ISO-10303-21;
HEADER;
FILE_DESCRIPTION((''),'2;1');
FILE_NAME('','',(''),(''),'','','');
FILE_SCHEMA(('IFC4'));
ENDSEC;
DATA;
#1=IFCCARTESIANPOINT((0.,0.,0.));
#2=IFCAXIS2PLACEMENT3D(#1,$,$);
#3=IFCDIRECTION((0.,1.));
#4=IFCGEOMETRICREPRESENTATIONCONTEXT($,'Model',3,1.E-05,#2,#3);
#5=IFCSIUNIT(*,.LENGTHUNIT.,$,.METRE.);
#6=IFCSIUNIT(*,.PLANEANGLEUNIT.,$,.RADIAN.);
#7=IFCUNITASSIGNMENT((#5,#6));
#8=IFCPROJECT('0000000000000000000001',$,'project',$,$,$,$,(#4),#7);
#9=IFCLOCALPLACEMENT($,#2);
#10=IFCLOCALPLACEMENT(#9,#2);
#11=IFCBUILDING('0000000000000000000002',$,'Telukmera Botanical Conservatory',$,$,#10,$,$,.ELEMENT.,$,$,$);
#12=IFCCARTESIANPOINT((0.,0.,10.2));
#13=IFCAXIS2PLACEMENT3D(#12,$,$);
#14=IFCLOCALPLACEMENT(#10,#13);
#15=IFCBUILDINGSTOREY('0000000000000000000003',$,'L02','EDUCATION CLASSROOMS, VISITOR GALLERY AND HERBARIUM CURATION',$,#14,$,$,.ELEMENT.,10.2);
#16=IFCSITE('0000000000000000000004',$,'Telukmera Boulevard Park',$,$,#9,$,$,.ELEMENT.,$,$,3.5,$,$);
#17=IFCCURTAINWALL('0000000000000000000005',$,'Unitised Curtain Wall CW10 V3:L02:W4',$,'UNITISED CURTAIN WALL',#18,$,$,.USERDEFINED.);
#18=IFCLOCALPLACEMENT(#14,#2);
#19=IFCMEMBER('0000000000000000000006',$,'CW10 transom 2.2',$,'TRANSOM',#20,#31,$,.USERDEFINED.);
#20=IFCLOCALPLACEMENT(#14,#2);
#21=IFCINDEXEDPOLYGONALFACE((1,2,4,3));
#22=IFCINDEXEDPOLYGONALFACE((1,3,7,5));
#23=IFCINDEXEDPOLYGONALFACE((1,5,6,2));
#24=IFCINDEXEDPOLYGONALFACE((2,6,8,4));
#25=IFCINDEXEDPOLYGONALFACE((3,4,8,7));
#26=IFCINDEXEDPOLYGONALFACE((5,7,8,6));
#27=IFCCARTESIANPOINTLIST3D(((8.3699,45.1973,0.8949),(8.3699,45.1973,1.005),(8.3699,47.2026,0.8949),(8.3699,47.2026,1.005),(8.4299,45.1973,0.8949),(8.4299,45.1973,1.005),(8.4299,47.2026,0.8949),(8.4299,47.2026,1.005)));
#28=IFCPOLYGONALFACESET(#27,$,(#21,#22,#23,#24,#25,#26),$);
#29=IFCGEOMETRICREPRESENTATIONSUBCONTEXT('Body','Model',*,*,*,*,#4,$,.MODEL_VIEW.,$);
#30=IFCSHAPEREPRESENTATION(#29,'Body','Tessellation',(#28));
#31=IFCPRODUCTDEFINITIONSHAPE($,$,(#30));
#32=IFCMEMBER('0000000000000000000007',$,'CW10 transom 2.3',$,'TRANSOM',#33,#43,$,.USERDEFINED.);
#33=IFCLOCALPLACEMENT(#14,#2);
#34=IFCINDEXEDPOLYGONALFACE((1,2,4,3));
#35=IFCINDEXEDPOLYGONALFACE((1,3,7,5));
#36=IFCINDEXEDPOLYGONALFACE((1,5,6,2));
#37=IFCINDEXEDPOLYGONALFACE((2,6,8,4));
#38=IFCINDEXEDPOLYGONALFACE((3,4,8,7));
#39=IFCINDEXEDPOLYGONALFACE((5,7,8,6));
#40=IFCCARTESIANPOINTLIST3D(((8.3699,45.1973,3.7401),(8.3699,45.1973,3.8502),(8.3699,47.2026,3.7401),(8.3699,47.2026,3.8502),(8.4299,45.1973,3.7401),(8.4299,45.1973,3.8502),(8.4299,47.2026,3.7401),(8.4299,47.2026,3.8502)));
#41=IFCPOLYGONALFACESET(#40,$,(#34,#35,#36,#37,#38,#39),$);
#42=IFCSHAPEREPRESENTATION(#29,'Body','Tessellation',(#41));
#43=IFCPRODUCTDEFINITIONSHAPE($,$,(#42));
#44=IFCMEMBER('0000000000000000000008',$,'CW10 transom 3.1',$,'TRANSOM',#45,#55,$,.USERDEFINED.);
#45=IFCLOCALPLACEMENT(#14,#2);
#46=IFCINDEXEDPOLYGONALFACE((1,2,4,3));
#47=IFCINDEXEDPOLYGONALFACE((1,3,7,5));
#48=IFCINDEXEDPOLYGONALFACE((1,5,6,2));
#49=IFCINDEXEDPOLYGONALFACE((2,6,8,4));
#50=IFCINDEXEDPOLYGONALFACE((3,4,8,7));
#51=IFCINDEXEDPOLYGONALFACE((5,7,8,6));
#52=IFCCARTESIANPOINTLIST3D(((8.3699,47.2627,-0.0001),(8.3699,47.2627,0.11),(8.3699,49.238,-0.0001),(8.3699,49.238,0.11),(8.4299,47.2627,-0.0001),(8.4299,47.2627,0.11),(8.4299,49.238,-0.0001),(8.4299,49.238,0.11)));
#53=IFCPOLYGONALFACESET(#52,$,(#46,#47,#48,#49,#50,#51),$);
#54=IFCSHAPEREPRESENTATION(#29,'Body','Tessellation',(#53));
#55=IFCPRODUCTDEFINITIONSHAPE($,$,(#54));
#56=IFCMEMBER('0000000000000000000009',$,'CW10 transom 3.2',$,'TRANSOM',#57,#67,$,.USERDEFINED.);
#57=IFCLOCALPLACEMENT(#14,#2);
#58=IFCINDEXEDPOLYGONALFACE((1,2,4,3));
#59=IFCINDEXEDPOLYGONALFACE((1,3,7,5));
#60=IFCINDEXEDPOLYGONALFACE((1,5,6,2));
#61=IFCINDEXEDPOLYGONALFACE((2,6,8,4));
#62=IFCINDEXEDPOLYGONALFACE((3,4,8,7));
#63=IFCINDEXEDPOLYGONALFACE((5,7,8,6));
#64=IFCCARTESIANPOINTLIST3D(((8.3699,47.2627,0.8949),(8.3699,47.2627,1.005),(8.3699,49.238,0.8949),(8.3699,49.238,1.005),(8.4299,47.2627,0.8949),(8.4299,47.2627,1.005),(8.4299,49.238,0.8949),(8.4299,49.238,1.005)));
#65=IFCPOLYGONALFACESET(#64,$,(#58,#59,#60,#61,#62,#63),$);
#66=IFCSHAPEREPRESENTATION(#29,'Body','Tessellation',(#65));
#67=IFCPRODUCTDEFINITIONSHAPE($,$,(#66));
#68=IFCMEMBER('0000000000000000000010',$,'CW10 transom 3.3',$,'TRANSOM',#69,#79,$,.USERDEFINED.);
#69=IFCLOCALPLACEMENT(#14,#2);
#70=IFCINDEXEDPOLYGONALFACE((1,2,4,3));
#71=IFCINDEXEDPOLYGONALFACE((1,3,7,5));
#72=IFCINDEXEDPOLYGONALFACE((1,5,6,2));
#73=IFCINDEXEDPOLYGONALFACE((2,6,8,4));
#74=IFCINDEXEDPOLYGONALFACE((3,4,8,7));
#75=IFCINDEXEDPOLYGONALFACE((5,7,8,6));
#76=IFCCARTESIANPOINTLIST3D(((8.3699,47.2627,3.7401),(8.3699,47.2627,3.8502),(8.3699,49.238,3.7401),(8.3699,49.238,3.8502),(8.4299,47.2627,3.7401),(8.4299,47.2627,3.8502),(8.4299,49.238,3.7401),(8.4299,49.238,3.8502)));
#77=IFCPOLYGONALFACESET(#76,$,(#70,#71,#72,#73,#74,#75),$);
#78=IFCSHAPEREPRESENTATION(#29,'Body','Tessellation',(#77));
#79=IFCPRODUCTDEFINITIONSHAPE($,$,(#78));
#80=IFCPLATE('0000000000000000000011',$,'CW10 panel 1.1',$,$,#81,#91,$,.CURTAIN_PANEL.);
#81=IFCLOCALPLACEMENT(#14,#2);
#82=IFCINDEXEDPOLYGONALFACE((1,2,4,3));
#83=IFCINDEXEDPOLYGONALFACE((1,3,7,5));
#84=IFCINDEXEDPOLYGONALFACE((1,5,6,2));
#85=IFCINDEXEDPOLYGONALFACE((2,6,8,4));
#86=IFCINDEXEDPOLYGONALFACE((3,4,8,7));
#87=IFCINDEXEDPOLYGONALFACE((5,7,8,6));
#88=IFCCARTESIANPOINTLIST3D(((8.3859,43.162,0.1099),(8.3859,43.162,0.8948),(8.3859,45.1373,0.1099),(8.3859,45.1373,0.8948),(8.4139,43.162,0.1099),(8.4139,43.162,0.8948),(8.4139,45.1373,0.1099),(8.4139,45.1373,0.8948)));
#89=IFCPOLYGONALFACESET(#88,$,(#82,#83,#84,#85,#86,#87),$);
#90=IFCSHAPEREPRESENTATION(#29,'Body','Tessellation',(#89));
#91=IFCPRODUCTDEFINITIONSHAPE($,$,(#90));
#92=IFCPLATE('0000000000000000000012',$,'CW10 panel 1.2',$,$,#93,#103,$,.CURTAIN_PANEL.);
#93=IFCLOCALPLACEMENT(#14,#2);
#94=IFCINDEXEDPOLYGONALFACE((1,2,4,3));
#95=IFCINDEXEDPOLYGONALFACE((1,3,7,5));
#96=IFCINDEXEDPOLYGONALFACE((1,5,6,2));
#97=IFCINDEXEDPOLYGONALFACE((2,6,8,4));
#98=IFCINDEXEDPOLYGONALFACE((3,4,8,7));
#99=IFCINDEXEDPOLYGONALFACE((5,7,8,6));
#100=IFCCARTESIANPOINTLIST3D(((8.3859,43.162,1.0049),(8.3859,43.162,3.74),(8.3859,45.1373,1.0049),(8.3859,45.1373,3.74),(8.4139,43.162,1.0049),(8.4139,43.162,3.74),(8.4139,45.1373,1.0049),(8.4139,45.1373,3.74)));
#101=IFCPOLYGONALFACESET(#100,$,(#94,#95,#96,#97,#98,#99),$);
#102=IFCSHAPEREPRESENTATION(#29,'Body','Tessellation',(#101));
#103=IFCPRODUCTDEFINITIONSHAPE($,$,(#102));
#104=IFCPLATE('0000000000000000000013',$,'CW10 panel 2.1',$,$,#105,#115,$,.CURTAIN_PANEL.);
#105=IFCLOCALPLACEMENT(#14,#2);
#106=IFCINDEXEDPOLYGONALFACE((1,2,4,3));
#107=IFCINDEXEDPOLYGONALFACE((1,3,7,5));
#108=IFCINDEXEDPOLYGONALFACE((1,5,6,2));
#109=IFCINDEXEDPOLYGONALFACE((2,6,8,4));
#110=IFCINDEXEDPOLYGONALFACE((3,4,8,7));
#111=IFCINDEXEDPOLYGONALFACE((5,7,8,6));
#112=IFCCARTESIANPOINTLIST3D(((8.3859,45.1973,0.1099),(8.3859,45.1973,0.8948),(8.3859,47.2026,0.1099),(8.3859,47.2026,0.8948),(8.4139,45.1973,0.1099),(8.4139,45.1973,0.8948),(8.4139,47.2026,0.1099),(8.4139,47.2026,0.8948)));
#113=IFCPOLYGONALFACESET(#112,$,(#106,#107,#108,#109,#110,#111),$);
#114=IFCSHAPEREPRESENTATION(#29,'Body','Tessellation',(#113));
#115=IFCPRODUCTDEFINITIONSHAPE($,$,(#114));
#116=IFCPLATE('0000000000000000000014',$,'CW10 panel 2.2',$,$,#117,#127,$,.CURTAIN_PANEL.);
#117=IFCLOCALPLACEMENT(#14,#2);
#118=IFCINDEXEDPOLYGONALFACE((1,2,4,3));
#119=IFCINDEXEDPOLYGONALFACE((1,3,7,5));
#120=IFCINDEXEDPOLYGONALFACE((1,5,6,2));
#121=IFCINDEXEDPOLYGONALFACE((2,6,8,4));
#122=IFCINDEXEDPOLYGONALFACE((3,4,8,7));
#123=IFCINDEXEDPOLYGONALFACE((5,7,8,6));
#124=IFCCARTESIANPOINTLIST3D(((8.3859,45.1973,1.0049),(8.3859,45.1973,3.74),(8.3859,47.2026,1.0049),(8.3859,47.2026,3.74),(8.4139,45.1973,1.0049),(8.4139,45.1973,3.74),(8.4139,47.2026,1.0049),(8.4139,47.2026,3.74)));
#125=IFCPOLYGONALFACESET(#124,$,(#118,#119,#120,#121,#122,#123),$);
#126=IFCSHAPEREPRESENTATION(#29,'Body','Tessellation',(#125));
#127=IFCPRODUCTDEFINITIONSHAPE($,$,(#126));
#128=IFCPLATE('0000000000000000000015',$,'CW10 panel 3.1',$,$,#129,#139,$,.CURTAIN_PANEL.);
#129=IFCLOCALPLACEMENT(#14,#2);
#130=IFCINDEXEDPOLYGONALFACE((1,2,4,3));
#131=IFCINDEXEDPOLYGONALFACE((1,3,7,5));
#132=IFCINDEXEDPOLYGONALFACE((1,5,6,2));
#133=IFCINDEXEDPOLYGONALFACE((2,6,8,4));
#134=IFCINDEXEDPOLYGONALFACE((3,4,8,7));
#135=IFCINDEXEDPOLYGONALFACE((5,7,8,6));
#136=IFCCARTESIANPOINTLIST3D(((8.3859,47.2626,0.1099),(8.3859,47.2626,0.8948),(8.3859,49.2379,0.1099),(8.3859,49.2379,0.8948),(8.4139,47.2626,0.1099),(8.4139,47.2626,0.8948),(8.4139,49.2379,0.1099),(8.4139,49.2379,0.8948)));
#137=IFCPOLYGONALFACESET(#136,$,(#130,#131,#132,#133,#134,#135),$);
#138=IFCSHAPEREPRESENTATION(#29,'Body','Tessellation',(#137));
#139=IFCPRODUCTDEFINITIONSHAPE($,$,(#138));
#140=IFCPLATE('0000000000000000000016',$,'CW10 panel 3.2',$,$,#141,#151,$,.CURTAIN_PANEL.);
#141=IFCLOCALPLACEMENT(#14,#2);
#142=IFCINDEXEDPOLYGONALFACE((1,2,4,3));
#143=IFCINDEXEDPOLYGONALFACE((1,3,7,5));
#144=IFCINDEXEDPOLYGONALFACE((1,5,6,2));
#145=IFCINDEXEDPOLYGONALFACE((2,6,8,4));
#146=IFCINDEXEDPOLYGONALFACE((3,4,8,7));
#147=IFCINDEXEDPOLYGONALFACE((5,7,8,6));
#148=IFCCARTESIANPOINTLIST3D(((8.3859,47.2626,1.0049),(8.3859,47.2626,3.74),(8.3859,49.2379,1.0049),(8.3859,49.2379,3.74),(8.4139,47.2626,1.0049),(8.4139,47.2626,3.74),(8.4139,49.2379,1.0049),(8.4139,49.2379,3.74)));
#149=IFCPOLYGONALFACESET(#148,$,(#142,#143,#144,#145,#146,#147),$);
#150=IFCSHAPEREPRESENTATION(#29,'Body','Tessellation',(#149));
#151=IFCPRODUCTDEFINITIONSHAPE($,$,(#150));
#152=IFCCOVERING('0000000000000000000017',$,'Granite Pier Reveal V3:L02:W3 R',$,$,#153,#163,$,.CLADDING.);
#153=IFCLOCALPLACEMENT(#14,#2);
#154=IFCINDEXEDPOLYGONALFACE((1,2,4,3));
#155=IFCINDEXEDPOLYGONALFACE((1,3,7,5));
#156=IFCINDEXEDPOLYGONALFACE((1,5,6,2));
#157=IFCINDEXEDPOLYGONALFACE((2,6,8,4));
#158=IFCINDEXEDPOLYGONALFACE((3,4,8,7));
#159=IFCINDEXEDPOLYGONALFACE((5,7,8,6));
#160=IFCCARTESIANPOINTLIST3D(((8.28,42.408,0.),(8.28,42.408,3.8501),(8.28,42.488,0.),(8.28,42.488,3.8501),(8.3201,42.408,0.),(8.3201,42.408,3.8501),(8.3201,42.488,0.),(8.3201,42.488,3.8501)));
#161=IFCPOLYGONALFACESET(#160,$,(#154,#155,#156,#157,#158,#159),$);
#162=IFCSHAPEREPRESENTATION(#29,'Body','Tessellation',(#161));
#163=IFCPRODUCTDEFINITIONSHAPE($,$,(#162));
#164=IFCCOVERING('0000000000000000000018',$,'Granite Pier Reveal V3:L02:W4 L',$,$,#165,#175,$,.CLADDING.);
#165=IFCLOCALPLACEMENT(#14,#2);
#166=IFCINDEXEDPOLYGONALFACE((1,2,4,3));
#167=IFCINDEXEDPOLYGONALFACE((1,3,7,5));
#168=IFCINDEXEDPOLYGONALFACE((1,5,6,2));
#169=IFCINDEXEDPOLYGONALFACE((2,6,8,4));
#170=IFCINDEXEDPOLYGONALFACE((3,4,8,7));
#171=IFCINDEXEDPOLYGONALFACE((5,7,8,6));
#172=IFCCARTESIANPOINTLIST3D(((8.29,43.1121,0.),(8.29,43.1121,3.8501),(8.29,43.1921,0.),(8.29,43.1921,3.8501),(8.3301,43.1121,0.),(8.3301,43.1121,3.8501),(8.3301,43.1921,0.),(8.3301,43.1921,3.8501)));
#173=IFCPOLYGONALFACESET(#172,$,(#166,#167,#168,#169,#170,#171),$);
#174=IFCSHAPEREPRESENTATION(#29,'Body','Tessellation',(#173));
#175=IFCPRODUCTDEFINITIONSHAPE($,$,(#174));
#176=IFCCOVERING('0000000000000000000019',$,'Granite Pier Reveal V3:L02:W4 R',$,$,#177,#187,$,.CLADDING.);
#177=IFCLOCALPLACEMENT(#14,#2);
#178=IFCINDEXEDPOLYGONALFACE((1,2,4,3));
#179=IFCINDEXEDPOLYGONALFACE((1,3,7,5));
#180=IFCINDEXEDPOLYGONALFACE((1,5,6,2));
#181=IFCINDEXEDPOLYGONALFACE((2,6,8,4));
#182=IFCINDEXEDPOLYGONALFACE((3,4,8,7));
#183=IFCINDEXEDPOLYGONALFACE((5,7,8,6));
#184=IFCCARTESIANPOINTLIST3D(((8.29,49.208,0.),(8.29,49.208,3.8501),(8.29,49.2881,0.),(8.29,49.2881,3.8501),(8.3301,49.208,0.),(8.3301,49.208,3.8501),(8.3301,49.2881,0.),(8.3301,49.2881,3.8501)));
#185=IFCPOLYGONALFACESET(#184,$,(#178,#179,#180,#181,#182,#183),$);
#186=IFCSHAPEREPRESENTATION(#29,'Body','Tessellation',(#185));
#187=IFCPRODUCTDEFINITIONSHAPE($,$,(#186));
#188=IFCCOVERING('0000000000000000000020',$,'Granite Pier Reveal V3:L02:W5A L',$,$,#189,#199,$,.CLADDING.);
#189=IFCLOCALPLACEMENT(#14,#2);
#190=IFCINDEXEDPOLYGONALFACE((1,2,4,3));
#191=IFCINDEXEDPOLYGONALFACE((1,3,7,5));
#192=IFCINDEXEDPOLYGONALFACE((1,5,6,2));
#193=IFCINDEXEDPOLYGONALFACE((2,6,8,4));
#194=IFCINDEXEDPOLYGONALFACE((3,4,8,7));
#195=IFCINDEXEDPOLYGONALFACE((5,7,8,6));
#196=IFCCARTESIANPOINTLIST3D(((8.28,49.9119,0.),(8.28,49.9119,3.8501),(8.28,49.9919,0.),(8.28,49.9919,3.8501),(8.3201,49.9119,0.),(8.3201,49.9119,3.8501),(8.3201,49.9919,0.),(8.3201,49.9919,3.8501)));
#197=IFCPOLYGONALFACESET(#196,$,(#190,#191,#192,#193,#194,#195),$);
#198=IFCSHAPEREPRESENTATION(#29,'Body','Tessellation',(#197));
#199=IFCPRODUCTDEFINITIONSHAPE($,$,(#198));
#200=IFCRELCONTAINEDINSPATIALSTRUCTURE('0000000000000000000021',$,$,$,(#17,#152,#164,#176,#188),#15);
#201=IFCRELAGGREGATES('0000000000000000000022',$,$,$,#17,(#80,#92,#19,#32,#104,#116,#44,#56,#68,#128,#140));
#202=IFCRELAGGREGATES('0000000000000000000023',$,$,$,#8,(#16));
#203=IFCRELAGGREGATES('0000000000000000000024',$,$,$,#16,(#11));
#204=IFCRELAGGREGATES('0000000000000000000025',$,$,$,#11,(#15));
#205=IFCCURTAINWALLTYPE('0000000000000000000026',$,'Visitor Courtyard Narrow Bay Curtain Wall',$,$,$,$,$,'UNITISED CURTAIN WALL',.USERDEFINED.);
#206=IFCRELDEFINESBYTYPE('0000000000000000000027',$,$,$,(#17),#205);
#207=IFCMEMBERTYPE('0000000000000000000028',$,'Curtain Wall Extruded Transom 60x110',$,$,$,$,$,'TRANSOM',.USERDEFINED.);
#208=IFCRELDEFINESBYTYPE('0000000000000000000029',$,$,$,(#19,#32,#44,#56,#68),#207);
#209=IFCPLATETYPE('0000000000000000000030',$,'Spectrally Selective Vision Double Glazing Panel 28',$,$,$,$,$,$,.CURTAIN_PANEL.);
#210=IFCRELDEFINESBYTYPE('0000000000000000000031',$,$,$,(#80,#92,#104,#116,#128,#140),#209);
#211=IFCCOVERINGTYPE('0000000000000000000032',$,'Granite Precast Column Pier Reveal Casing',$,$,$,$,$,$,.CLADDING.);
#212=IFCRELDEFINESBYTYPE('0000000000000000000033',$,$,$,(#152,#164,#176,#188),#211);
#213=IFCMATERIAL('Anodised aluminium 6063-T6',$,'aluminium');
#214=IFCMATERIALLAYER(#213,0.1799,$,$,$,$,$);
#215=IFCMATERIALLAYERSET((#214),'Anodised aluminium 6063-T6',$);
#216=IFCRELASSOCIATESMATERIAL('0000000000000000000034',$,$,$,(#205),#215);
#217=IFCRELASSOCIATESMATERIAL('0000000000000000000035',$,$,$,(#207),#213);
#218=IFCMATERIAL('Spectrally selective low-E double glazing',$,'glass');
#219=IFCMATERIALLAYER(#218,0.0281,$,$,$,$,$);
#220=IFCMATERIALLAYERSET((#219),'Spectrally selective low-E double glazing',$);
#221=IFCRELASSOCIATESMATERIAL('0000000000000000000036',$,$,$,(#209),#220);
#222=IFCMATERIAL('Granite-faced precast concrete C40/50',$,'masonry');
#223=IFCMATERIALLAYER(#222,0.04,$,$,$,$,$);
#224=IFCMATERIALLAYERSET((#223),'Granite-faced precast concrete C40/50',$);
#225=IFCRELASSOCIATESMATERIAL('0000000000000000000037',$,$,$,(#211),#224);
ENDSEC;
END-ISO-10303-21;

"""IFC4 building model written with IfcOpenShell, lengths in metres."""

from ifc_helpers import new_model, si_unit, direction, frame, origin, origin_2d, place, context, subcontext, project, spatial, rectangle, extrude, material, layer, layer_set, material_profile, profile_set, type_object, element, aggregate, save


model = new_model("IFC4")

# Units and contexts
model_context = context("Model", 3, precision=1e-05, world=origin(), true_north=direction((0.0, 1.0)))
body_context = subcontext(model_context, "Body", "Model", "MODEL_VIEW")
ifc_project = project(units=[si_unit("LENGTHUNIT", "METRE"), si_unit("PLANEANGLEUNIT", "RADIAN")], contexts=[model_context])

# Site, building, storey
site_placement = place(None, origin())
site = spatial("IfcSite", under=ifc_project, at=site_placement, Name="Telukmera Boulevard Park", CompositionType="ELEMENT", RefElevation=3.5)
building_placement = place(site_placement, origin())
building = spatial("IfcBuilding", under=site, at=building_placement, Name="Telukmera Botanical Conservatory", CompositionType="ELEMENT")
storey_placement = place(building_placement, frame((0.0, 0.0, 10.2)))
storey = spatial("IfcBuildingStorey", under=building, at=storey_placement, Name="L02", Description="EDUCATION CLASSROOMS, VISITOR GALLERY AND HERBARIUM CURATION", CompositionType="ELEMENT", Elevation=10.2)

# Curtain wall
ifc_material_1 = material(Name="Anodised aluminium 6063-T6", Category="aluminium")
ifc_layer_1 = layer(ifc_material_1, 0.1799)
ifc_layer_set_1 = layer_set([ifc_layer_1], Name="Anodised aluminium 6063-T6")
curtain_wall_type_1 = type_object("IfcCurtainWallType", Name="Visitor Courtyard Narrow Bay Curtain Wall", ElementType="UNITISED CURTAIN WALL", PredefinedType="USERDEFINED", material=ifc_layer_set_1)
curtain_wall_1_placement = place(storey_placement, origin())
curtain_wall_1 = element("IfcCurtainWall", 1, at=curtain_wall_1_placement, inside=storey, type_object=curtain_wall_type_1, Name="Unitised Curtain Wall CW10 V3:L02:W4", ObjectType="UNITISED CURTAIN WALL", PredefinedType="USERDEFINED")

# Members
ifc_material_profile_1 = material_profile(ifc_material_1, rectangle(XDim=0.0601, YDim=0.1101, at=origin_2d()), Name="ALU TRAN 60x110")
ifc_profile_set_1 = profile_set([ifc_material_profile_1], Name="Anodised aluminium 6063-T6")
member_type_1 = type_object("IfcMemberType", Name="Curtain Wall Extruded Transom 60x110", ElementType="TRANSOM", PredefinedType="USERDEFINED", material=ifc_profile_set_1)
member_1_placement = place(storey_placement, frame((8.3999, 45.1973, 0.95), z_axis=(0.0, 1.0, 0.0), x_axis=(-1.0, 0.0, 0.0)))
member_1 = element("IfcMember", 2, at=member_1_placement, type_object=member_type_1, Name="CW10 transom 2.2", ObjectType="TRANSOM", PredefinedType="USERDEFINED", context=body_context, shape_type="SweptSolid", body=[
    extrude(rectangle(XDim=0.0601, YDim=0.1101, at=origin_2d()), origin(), (0.0, 0.0, 1.0), 2.0054),
])
member_2_placement = place(storey_placement, frame((8.3999, 45.1973, 3.7952), z_axis=(0.0, 1.0, 0.0), x_axis=(-1.0, 0.0, 0.0)))
member_2 = element("IfcMember", 3, at=member_2_placement, type_object=member_type_1, Name="CW10 transom 2.3", ObjectType="TRANSOM", PredefinedType="USERDEFINED", context=body_context, shape_type="SweptSolid", body=[
    extrude(rectangle(XDim=0.0601, YDim=0.1101, at=origin_2d()), origin(), (0.0, 0.0, 1.0), 2.0054),
])
member_3_placement = place(storey_placement, frame((8.3999, 47.2627, 0.0549), z_axis=(0.0, 1.0, 0.0), x_axis=(-1.0, 0.0, 0.0)))
member_3 = element("IfcMember", 4, at=member_3_placement, type_object=member_type_1, Name="CW10 transom 3.1", ObjectType="TRANSOM", PredefinedType="USERDEFINED", context=body_context, shape_type="SweptSolid", body=[
    extrude(rectangle(XDim=0.0601, YDim=0.1101, at=origin_2d()), origin(), (0.0, 0.0, 1.0), 1.9753),
])
member_4_placement = place(storey_placement, frame((8.3999, 47.2627, 0.95), z_axis=(0.0, 1.0, 0.0), x_axis=(-1.0, 0.0, 0.0)))
member_4 = element("IfcMember", 5, at=member_4_placement, type_object=member_type_1, Name="CW10 transom 3.2", ObjectType="TRANSOM", PredefinedType="USERDEFINED", context=body_context, shape_type="SweptSolid", body=[
    extrude(rectangle(XDim=0.0601, YDim=0.1101, at=origin_2d()), origin(), (0.0, 0.0, 1.0), 1.9753),
])
member_5_placement = place(storey_placement, frame((8.3999, 47.2627, 3.7952), z_axis=(0.0, 1.0, 0.0), x_axis=(-1.0, 0.0, 0.0)))
member_5 = element("IfcMember", 6, at=member_5_placement, type_object=member_type_1, Name="CW10 transom 3.3", ObjectType="TRANSOM", PredefinedType="USERDEFINED", context=body_context, shape_type="SweptSolid", body=[
    extrude(rectangle(XDim=0.0601, YDim=0.1101, at=origin_2d()), origin(), (0.0, 0.0, 1.0), 1.9753),
])

# Plates
ifc_material_2 = material(Name="Spectrally selective low-E double glazing", Category="glass")
ifc_layer_2 = layer(ifc_material_2, 0.0281)
ifc_layer_set_2 = layer_set([ifc_layer_2], Name="Spectrally selective low-E double glazing")
plate_type = type_object("IfcPlateType", Name="Spectrally Selective Vision Double Glazing Panel 28", PredefinedType="CURTAIN_PANEL", material=ifc_layer_set_2)
plate_1_placement = place(storey_placement, frame((8.3999, 44.1497, 0.1099), z_axis=(0.0, 0.0, 1.0), x_axis=(0.0, 1.0, 0.0)))
plate_1 = element("IfcPlate", 7, at=plate_1_placement, type_object=plate_type, Name="CW10 panel 1.1", PredefinedType="CURTAIN_PANEL", context=body_context, shape_type="SweptSolid", body=[
    extrude(rectangle(XDim=1.9753, YDim=0.0281, at=origin_2d()), origin(), (0.0, 0.0, 1.0), 0.7849),
])
plate_2_placement = place(storey_placement, frame((8.3999, 44.1497, 1.0049), z_axis=(0.0, 0.0, 1.0), x_axis=(0.0, 1.0, 0.0)))
plate_2 = element("IfcPlate", 8, at=plate_2_placement, type_object=plate_type, Name="CW10 panel 1.2", PredefinedType="CURTAIN_PANEL", context=body_context, shape_type="SweptSolid", body=[
    extrude(rectangle(XDim=1.9753, YDim=0.0281, at=origin_2d()), origin(), (0.0, 0.0, 1.0), 2.7351),
])
plate_3_placement = place(storey_placement, frame((8.3999, 46.2, 0.1099), z_axis=(0.0, 0.0, 1.0), x_axis=(0.0, 1.0, 0.0)))
plate_3 = element("IfcPlate", 9, at=plate_3_placement, type_object=plate_type, Name="CW10 panel 2.1", PredefinedType="CURTAIN_PANEL", context=body_context, shape_type="SweptSolid", body=[
    extrude(rectangle(XDim=2.0054, YDim=0.0281, at=origin_2d()), origin(), (0.0, 0.0, 1.0), 0.7849),
])
plate_4_placement = place(storey_placement, frame((8.3999, 46.2, 1.0049), z_axis=(0.0, 0.0, 1.0), x_axis=(0.0, 1.0, 0.0)))
plate_4 = element("IfcPlate", 10, at=plate_4_placement, type_object=plate_type, Name="CW10 panel 2.2", PredefinedType="CURTAIN_PANEL", context=body_context, shape_type="SweptSolid", body=[
    extrude(rectangle(XDim=2.0054, YDim=0.0281, at=origin_2d()), origin(), (0.0, 0.0, 1.0), 2.7351),
])
plate_5_placement = place(storey_placement, frame((8.3999, 48.2502, 0.1099), z_axis=(0.0, 0.0, 1.0), x_axis=(0.0, 1.0, 0.0)))
plate_5 = element("IfcPlate", 11, at=plate_5_placement, type_object=plate_type, Name="CW10 panel 3.1", PredefinedType="CURTAIN_PANEL", context=body_context, shape_type="SweptSolid", body=[
    extrude(rectangle(XDim=1.9753, YDim=0.0281, at=origin_2d()), origin(), (0.0, 0.0, 1.0), 0.7849),
])
plate_6_placement = place(storey_placement, frame((8.3999, 48.2502, 1.0049), z_axis=(0.0, 0.0, 1.0), x_axis=(0.0, 1.0, 0.0)))
plate_6 = element("IfcPlate", 12, at=plate_6_placement, type_object=plate_type, Name="CW10 panel 3.2", PredefinedType="CURTAIN_PANEL", context=body_context, shape_type="SweptSolid", body=[
    extrude(rectangle(XDim=1.9753, YDim=0.0281, at=origin_2d()), origin(), (0.0, 0.0, 1.0), 2.7351),
])
aggregate(curtain_wall_1, [plate_1, plate_2, member_1, member_2, plate_3, plate_4, member_3, member_4, member_5, plate_5, plate_6])

# Coverings
ifc_material_3 = material(Name="Granite-faced precast concrete C40/50", Category="masonry")
ifc_layer_3 = layer(ifc_material_3, 0.04)
ifc_layer_set_3 = layer_set([ifc_layer_3], Name="Granite-faced precast concrete C40/50")
covering_type = type_object("IfcCoveringType", Name="Granite Precast Column Pier Reveal Casing", PredefinedType="CLADDING", material=ifc_layer_set_3)
for number, where, z_axis, x_axis, name in (
    (13, (8.3, 42.448, 0.0), (0.0, 0.0, 1.0), (0.0, 1.0, 0.0), "Granite Pier Reveal V3:L02:W3 R"),
    (14, (8.3101, 43.1521, 0.0), (0.0, 0.0, 1.0), (0.0, 1.0, 0.0), "Granite Pier Reveal V3:L02:W4 L"),
    (15, (8.3101, 49.248, 0.0), (0.0, 0.0, 1.0), (0.0, 1.0, 0.0), "Granite Pier Reveal V3:L02:W4 R"),
    (16, (8.3, 49.9519, 0.0), (0.0, 0.0, 1.0), (0.0, 1.0, 0.0), "Granite Pier Reveal V3:L02:W5A L"),
):
    element("IfcCovering", number, at=place(storey_placement, frame(where, z_axis=z_axis, x_axis=x_axis)), inside=storey, type_object=covering_type, Name=name, PredefinedType="CLADDING", context=body_context, shape_type="SweptSolid", body=[
        extrude(rectangle(XDim=0.0801, YDim=0.04, at=origin_2d()), origin(), (0.0, 0.0, 1.0), 3.8501),
    ])

save(model, "model.ifc")
